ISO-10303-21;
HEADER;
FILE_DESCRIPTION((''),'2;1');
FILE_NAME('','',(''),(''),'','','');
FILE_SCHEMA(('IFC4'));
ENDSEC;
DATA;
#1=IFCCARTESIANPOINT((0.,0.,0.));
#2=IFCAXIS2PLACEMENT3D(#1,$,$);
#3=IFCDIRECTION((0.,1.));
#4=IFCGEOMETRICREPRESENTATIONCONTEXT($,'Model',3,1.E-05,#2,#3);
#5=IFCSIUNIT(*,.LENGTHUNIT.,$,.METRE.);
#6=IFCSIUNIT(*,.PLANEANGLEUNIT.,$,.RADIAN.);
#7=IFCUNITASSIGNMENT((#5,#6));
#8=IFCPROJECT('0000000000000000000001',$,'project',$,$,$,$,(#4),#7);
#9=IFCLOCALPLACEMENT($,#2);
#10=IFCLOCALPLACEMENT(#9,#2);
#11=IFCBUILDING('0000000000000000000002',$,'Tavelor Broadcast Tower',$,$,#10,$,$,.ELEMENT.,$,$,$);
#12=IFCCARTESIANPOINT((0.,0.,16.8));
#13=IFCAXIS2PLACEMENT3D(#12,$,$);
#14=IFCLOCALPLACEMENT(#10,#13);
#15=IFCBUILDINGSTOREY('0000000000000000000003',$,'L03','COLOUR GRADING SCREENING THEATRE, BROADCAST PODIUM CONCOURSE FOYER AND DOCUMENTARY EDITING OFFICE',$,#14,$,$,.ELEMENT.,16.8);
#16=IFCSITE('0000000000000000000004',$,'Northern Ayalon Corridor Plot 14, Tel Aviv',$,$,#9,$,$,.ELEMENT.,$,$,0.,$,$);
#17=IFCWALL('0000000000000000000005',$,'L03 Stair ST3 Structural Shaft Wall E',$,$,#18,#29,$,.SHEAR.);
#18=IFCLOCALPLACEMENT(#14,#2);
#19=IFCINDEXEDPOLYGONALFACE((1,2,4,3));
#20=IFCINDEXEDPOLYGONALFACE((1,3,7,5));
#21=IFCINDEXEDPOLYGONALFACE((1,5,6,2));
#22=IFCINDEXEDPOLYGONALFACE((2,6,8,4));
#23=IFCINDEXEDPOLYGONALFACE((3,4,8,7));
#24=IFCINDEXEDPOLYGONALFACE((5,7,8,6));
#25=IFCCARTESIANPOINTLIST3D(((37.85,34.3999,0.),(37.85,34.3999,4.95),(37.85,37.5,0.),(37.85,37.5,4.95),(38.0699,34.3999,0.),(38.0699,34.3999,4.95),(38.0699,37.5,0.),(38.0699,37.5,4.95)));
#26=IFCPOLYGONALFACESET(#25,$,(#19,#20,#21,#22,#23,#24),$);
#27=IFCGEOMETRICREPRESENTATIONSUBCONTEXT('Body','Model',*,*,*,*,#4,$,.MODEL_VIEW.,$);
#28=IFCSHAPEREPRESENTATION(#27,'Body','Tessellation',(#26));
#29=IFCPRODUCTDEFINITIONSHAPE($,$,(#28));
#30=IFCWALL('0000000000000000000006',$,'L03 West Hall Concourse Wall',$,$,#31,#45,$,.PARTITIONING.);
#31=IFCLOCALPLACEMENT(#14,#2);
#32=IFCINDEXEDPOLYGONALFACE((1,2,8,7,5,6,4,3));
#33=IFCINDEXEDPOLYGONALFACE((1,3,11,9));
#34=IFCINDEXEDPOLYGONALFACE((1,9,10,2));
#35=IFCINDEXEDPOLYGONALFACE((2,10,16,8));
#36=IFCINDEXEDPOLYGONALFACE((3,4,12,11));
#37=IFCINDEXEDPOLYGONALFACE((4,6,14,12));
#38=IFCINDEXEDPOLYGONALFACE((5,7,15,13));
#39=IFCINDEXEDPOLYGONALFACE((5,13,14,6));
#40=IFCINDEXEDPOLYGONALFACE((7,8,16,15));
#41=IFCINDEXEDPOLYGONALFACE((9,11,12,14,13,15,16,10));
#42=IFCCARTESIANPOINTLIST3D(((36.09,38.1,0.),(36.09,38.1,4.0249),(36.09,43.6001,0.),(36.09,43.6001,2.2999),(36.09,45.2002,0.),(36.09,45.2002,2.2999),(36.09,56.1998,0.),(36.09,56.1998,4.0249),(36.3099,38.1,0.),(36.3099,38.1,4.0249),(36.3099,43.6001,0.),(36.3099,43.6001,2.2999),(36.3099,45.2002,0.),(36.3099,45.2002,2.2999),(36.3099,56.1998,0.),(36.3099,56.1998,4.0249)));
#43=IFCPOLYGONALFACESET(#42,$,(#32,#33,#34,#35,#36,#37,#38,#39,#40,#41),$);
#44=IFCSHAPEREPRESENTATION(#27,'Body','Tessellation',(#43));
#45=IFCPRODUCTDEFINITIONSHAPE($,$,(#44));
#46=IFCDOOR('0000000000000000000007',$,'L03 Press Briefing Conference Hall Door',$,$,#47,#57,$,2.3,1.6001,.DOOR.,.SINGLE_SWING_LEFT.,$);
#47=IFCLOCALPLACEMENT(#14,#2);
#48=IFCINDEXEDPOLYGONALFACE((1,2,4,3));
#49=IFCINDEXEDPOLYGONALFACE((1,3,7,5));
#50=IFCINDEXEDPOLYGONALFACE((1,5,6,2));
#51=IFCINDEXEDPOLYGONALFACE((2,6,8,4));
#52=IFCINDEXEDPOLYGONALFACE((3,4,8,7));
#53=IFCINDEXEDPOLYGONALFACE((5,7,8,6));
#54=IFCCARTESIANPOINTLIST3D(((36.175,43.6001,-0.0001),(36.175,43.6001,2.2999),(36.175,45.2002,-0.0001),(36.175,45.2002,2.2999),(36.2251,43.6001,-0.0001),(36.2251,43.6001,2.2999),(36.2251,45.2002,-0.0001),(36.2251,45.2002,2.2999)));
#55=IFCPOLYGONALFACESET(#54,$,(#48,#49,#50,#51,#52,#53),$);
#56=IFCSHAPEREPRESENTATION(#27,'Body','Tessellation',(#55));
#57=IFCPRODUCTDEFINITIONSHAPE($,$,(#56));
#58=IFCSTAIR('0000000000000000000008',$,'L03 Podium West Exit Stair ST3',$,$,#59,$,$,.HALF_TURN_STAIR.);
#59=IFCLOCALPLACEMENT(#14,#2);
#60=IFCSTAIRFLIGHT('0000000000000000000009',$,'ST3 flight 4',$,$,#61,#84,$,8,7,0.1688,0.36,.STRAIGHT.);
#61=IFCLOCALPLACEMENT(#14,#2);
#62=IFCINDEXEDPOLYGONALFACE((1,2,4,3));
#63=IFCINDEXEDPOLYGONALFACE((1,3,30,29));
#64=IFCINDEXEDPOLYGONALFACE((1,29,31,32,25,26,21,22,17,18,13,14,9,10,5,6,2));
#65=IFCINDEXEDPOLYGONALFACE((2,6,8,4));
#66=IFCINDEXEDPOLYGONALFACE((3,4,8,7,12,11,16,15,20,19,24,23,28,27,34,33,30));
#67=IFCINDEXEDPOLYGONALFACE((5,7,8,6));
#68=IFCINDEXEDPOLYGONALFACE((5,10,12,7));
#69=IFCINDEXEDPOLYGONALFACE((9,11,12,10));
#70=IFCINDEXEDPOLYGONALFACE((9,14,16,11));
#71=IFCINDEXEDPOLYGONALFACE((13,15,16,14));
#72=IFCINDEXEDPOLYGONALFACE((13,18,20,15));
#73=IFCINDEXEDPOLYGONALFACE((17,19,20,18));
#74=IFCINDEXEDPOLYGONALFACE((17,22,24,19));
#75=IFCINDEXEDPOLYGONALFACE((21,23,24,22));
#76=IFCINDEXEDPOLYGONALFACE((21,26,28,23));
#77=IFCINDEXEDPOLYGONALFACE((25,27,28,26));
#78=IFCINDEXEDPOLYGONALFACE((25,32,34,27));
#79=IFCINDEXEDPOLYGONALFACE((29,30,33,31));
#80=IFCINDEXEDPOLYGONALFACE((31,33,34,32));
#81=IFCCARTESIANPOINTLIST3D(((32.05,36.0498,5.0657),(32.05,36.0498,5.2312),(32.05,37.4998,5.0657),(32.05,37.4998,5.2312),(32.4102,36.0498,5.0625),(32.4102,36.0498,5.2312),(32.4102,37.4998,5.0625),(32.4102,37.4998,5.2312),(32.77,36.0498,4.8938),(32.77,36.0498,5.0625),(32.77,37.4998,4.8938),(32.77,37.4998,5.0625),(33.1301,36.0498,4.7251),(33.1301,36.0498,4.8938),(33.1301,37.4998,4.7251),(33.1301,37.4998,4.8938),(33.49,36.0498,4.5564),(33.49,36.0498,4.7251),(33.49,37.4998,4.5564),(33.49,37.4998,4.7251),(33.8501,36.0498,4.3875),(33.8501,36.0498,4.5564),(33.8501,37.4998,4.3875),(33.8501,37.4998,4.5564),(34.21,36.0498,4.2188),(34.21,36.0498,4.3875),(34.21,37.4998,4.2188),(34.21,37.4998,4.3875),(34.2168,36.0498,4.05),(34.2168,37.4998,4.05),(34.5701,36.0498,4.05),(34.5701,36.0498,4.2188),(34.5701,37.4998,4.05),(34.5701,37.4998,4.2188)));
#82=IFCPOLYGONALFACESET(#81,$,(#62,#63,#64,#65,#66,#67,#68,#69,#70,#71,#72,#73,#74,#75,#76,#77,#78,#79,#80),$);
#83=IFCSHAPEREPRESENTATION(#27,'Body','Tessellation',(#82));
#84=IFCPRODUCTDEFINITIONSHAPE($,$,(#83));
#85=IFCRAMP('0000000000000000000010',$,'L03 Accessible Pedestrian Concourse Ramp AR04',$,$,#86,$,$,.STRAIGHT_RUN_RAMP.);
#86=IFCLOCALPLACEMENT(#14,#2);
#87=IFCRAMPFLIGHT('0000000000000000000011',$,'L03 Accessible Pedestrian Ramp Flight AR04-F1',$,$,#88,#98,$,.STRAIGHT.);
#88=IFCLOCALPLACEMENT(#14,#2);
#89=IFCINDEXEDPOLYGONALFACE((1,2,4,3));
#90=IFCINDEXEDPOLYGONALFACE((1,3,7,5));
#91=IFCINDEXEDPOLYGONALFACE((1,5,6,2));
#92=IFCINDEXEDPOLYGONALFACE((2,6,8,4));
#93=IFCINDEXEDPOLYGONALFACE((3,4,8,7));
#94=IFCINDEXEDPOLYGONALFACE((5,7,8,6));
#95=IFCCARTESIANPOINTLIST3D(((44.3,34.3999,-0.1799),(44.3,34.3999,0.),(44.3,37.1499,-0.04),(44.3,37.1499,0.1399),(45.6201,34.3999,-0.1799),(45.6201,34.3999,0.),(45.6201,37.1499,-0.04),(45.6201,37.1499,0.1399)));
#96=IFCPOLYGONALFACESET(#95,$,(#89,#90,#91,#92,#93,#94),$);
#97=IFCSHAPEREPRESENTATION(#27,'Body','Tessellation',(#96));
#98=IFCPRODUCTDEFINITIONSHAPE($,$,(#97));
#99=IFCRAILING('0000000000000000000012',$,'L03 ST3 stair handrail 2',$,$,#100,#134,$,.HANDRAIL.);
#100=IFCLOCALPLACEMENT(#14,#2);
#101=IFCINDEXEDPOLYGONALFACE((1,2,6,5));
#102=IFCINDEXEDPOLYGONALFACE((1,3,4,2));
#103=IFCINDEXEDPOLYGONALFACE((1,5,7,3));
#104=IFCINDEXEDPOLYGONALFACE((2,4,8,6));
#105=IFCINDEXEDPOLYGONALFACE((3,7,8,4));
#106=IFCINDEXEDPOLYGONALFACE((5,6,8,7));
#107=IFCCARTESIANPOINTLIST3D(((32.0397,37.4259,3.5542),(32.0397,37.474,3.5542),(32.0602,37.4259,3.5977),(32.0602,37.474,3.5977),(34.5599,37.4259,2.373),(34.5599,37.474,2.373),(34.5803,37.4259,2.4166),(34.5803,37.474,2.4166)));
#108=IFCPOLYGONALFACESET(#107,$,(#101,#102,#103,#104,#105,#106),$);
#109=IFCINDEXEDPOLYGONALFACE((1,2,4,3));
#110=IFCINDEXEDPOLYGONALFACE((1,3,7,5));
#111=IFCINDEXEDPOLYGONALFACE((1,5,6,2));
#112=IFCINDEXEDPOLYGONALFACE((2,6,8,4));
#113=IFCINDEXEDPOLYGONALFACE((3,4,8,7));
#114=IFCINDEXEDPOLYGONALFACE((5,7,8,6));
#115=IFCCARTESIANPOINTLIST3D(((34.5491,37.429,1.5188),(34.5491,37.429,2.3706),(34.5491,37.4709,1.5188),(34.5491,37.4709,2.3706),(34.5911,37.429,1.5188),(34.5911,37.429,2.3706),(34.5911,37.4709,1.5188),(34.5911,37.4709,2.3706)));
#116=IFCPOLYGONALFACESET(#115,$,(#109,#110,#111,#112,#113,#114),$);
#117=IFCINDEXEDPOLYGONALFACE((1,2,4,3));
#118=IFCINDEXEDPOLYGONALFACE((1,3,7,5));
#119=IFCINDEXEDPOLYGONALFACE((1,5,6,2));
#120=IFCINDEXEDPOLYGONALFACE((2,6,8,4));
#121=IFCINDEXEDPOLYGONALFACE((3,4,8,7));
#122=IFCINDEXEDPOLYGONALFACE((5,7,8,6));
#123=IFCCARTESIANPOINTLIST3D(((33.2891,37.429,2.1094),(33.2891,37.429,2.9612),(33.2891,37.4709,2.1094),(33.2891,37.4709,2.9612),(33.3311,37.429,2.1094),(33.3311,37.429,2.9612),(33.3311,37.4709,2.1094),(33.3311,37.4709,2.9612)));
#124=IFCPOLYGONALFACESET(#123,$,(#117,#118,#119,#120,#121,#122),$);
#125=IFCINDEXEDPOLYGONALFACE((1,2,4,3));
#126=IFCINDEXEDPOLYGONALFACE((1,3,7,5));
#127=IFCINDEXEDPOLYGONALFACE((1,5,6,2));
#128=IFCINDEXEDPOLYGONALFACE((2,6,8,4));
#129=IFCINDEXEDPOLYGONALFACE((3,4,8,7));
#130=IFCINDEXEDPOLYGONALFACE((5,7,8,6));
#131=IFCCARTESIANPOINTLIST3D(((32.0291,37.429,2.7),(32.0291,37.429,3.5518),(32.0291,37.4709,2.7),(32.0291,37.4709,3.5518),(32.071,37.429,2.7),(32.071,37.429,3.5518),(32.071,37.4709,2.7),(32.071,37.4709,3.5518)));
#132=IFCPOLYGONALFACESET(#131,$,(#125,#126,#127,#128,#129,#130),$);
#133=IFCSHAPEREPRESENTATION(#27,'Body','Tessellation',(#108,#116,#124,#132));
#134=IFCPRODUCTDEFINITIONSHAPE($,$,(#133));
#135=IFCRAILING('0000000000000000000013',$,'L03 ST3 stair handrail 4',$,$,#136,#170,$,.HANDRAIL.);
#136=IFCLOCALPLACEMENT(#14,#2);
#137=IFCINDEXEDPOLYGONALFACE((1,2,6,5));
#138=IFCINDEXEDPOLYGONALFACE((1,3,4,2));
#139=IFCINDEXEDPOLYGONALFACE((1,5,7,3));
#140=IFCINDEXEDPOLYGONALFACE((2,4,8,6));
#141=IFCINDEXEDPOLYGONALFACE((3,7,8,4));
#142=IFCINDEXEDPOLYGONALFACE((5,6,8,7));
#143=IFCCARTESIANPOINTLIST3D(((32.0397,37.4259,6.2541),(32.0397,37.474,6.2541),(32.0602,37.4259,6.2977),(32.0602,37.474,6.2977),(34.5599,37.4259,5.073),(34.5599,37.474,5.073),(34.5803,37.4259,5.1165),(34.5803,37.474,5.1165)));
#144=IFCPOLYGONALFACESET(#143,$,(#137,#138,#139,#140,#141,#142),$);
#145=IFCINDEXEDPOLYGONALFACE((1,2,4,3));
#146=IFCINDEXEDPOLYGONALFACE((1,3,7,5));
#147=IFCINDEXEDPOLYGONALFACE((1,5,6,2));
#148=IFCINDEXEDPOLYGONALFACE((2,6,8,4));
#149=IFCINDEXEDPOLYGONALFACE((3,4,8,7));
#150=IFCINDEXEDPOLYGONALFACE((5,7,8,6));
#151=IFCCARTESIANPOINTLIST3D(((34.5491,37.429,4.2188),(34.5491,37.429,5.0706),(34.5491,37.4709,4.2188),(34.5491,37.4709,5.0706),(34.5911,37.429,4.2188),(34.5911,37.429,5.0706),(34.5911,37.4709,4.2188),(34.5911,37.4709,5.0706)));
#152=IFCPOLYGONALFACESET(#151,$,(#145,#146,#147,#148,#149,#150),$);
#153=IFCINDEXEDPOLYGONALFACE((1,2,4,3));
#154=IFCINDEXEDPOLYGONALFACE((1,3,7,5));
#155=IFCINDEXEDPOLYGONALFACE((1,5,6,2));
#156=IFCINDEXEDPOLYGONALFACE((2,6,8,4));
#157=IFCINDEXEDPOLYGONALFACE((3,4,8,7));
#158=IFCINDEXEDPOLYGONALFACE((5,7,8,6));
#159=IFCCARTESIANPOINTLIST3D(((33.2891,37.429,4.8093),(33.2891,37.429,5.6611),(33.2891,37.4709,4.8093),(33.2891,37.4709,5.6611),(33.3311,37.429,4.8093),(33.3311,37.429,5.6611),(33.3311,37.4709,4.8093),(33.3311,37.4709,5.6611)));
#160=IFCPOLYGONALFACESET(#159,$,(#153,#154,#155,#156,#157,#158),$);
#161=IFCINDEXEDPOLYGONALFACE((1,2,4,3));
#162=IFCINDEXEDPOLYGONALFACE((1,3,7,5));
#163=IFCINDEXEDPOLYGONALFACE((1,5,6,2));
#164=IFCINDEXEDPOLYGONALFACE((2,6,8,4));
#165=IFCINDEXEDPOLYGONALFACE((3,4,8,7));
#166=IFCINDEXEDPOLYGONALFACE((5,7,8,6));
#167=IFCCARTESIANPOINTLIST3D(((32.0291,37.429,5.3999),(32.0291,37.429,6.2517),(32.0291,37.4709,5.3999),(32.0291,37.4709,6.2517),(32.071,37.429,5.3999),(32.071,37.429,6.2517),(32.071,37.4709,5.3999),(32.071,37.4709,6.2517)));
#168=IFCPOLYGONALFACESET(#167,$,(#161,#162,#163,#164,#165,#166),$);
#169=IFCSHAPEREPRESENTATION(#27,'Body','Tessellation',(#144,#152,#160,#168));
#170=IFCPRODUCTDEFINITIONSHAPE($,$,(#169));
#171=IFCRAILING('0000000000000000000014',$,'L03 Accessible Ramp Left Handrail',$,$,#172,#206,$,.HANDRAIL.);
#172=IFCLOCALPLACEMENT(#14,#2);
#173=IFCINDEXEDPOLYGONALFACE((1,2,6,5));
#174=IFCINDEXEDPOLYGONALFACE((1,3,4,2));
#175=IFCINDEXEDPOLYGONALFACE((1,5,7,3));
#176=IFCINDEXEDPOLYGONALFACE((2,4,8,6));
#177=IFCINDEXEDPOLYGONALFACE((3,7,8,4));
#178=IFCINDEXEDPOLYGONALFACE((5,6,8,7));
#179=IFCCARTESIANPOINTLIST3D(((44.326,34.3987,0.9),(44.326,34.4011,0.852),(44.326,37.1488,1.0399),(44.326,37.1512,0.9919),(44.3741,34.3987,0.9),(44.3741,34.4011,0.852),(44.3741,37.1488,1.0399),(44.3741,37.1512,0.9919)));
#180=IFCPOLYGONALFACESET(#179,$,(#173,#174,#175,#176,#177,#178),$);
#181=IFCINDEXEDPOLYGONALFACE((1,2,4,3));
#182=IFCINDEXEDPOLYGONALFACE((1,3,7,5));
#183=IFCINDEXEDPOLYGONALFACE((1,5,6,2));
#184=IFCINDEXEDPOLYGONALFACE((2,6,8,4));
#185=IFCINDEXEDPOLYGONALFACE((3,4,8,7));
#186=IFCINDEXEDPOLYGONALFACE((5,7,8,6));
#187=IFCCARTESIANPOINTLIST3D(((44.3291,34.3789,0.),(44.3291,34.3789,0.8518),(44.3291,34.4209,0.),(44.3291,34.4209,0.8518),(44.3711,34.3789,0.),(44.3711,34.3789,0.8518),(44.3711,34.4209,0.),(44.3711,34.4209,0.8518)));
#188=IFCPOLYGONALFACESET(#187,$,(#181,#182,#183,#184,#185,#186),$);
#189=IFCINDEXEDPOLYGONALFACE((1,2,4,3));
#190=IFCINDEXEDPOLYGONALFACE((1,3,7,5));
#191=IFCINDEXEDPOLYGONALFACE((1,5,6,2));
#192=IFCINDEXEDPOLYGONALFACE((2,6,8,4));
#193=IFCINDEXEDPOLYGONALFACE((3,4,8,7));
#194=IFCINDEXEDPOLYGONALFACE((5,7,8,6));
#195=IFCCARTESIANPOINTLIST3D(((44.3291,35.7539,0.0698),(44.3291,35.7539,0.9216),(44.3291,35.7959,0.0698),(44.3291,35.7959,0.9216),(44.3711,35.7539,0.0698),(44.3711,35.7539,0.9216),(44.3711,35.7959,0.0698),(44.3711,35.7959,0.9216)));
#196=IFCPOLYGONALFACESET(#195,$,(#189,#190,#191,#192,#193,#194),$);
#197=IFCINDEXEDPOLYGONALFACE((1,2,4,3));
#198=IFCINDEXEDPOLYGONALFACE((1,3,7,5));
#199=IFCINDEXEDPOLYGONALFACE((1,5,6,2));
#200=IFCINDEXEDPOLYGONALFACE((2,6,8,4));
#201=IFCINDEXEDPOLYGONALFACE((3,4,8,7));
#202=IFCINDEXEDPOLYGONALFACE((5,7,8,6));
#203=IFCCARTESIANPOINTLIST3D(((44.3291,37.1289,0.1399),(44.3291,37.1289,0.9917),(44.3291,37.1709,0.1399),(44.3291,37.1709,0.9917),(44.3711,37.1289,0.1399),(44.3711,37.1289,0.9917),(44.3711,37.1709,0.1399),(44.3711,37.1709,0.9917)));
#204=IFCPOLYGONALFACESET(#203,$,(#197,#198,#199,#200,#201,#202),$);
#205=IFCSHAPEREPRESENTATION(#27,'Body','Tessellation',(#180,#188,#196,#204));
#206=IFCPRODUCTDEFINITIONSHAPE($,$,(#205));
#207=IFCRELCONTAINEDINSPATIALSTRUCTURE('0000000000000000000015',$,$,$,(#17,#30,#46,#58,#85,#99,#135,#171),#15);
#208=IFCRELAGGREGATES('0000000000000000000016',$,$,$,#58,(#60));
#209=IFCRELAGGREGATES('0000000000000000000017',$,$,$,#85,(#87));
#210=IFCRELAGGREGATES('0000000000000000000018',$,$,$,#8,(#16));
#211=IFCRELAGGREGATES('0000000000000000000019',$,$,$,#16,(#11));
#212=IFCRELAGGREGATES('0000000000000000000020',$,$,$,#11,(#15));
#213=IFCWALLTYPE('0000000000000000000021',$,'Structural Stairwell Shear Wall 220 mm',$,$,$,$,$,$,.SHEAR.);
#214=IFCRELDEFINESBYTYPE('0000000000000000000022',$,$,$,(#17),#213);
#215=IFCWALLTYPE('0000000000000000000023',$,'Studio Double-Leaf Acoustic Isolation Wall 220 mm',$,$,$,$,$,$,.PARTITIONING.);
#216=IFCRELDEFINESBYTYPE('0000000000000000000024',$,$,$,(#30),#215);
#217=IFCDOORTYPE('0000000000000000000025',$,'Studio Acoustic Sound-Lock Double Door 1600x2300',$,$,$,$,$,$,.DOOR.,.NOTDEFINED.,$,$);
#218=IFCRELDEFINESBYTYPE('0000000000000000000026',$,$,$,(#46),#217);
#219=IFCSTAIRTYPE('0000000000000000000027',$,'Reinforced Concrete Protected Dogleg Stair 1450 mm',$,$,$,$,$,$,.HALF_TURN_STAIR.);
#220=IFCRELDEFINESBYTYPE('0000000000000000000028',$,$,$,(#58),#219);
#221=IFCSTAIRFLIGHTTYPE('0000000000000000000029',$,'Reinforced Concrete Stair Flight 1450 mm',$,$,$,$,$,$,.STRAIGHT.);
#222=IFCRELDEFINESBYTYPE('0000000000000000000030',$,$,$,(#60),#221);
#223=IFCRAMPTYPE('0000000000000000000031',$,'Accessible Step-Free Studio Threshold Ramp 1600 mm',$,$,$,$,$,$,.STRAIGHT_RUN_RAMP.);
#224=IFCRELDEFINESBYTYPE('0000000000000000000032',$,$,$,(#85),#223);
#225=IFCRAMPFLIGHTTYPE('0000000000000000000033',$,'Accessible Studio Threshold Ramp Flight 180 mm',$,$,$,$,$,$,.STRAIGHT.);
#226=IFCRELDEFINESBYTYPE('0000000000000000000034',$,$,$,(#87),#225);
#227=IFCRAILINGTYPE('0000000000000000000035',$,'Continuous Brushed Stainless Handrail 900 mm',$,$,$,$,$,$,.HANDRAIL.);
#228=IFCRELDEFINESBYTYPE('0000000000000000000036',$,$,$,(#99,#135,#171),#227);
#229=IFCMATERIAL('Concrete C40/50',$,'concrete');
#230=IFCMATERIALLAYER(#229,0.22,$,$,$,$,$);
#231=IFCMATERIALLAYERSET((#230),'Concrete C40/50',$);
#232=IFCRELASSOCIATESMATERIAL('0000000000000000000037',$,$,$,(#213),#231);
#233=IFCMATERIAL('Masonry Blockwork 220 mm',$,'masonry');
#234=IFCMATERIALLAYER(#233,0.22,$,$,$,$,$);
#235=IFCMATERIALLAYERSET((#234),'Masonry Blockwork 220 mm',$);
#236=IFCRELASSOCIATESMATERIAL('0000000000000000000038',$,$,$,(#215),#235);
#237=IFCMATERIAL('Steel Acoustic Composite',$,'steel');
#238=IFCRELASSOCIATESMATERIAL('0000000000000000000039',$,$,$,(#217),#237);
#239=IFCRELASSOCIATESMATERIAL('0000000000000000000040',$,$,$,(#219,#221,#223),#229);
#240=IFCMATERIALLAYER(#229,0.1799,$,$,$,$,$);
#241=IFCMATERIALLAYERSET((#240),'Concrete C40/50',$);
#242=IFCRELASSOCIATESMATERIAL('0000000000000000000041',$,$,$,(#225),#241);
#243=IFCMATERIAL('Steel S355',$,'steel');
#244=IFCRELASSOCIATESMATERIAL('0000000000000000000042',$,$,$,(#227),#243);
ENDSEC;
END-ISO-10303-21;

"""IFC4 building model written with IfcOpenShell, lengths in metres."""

from ifc_helpers import new_model, si_unit, direction, frame, frame_2d, origin, origin_2d, place, context, subcontext, project, spatial, polyline, rectangle, outline, extrude, material, layer, layer_set, type_object, element, fill, aggregate, save


model = new_model("IFC4")

# Units and contexts
model_context = context("Model", 3, precision=1e-05, world=origin(), true_north=direction((0.0, 1.0)))
body_context = subcontext(model_context, "Body", "Model", "MODEL_VIEW")
ifc_project = project(units=[si_unit("LENGTHUNIT", "METRE"), si_unit("PLANEANGLEUNIT", "RADIAN")], contexts=[model_context])

# Site, building, storey
site_placement = place(None, origin())
site = spatial("IfcSite", under=ifc_project, at=site_placement, Name="Northern Ayalon Corridor Plot 14, Tel Aviv", CompositionType="ELEMENT", RefElevation=0.0)
building_placement = place(site_placement, origin())
building = spatial("IfcBuilding", under=site, at=building_placement, Name="Tavelor Broadcast Tower", CompositionType="ELEMENT")
storey_placement = place(building_placement, frame((0.0, 0.0, 16.8)))
storey = spatial("IfcBuildingStorey", under=building, at=storey_placement, Name="L03", Description="COLOUR GRADING SCREENING THEATRE, BROADCAST PODIUM CONCOURSE FOYER AND DOCUMENTARY EDITING OFFICE", CompositionType="ELEMENT", Elevation=16.8)

# Shared definitions
ifc_material_1 = material(Name="Steel S355", Category="steel")

# Wall
ifc_material_2 = material(Name="Concrete C40/50", Category="concrete")
ifc_layer_1 = layer(ifc_material_2, 0.22)
ifc_layer_set_1 = layer_set([ifc_layer_1], Name="Concrete C40/50")
wall_type_1 = type_object("IfcWallType", Name="Structural Stairwell Shear Wall 220 mm", PredefinedType="SHEAR", material=ifc_layer_set_1)
wall_1_placement = place(storey_placement, frame((37.96, 34.3999, 0.0), z_axis=(0.0, 0.0, 1.0), x_axis=(0.0, 1.0, 0.0)))
element("IfcWall", 1, at=wall_1_placement, inside=storey, type_object=wall_type_1, Name="L03 Stair ST3 Structural Shaft Wall E", PredefinedType="SHEAR", context=body_context, shape_type="SweptSolid", body=[
    extrude(rectangle(XDim=3.1001, YDim=0.22, at=frame_2d((1.55, 0.0))), origin(), (0.0, 0.0, 1.0), 4.95),
])

# Wall, opening, door
ifc_material_3 = material(Name="Masonry Blockwork 220 mm", Category="masonry")
ifc_layer_2 = layer(ifc_material_3, 0.22)
ifc_layer_set_2 = layer_set([ifc_layer_2], Name="Masonry Blockwork 220 mm")
wall_type_2 = type_object("IfcWallType", Name="Studio Double-Leaf Acoustic Isolation Wall 220 mm", PredefinedType="PARTITIONING", material=ifc_layer_set_2)
wall_2_placement = place(storey_placement, frame((36.2, 38.1001, 0.0), z_axis=(0.0, 0.0, 1.0), x_axis=(0.0, 1.0, 0.0)))
wall_2 = element("IfcWall", 2, at=wall_2_placement, inside=storey, type_object=wall_type_2, Name="L03 West Hall Concourse Wall", PredefinedType="PARTITIONING", context=body_context, shape_type="SweptSolid", body=[
    extrude(rectangle(XDim=18.0999, YDim=0.22, at=frame_2d((9.0498, 0.0))), origin(), (0.0, 0.0, 1.0), 4.0249),
])
opening_1_placement = place(wall_2_placement, frame((5.5, 0.0, 0.0)))
opening_1 = element("IfcOpeningElement", 3, at=opening_1_placement, cuts=wall_2, PredefinedType="OPENING", context=body_context, shape_type="SweptSolid", body=[
    extrude(rectangle(XDim=1.6001, YDim=2.3, at=frame_2d((0.8, 1.1499))), frame((0.0, 0.1201, 0.0), z_axis=(0.0, -1.0, 0.0), x_axis=(1.0, 0.0, 0.0)), (0.0, 0.0, 1.0), 0.24),
])
ifc_material_4 = material(Name="Steel Acoustic Composite", Category="steel")
door_type_1 = type_object("IfcDoorType", Name="Studio Acoustic Sound-Lock Double Door 1600x2300", OperationType="NOTDEFINED", PredefinedType="DOOR", material=ifc_material_4)
door_1_placement = place(opening_1_placement, origin())
door_1 = element("IfcDoor", 4, at=door_1_placement, inside=storey, type_object=door_type_1, Name="L03 Press Briefing Conference Hall Door", OperationType="SINGLE_SWING_LEFT", OverallHeight=2.3, OverallWidth=1.6001, PredefinedType="DOOR", context=body_context, shape_type="SweptSolid", body=[
    extrude(rectangle(XDim=1.6001, YDim=2.3, at=frame_2d((0.8, 1.1499))), frame((0.0, 0.0249, 0.0), z_axis=(0.0, -1.0, 0.0), x_axis=(1.0, 0.0, 0.0)), (0.0, 0.0, 1.0), 0.05),
])
fill(opening_1, door_1)

# Stair, stair flight
stair_type = type_object("IfcStairType", Name="Reinforced Concrete Protected Dogleg Stair 1450 mm", PredefinedType="HALF_TURN_STAIR", material=ifc_material_2)
stair_placement = place(storey_placement, origin())
stair = element("IfcStair", 5, at=stair_placement, inside=storey, type_object=stair_type, Name="L03 Podium West Exit Stair ST3", PredefinedType="HALF_TURN_STAIR")
stair_flight_type = type_object("IfcStairFlightType", Name="Reinforced Concrete Stair Flight 1450 mm", PredefinedType="STRAIGHT", material=ifc_material_2)
stair_flight_placement = place(storey_placement, frame((34.5701, 36.7749, 4.05), z_axis=(0.0, 0.0, 1.0), x_axis=(-1.0, 0.0, 0.0)))
stair_flight = element("IfcStairFlight", 6, at=stair_flight_placement, type_object=stair_flight_type, Name="ST3 flight 4", NumberOfRisers=8, NumberOfTreads=7, PredefinedType="STRAIGHT", RiserHeight=0.1688, TreadLength=0.36, context=body_context, shape_type="SweptSolid", body=[
    extrude(outline(polyline([(0.0, 0.0), (0.0, 0.1687), (0.3601, 0.1687), (0.3601, 0.3374), (0.72, 0.3374), (0.72, 0.5063), (1.0801, 0.5063), (1.0801, 0.675), (1.4399, 0.675), (1.4399, 0.8438), (1.8, 0.8438), (1.8, 1.0125), (2.1599, 1.0125), (2.1599, 1.1812), (2.52, 1.1812), (2.52, 1.3501), (2.52, 1.0156), (0.3533, 0.0), (0.0, 0.0)])), frame((0.0, 0.7251, 0.0), z_axis=(0.0, -1.0, 0.0), x_axis=(1.0, 0.0, 0.0)), (0.0, 0.0, 1.0), 1.45),
])
aggregate(stair, [stair_flight])

# Ramp, ramp flight
ramp_type = type_object("IfcRampType", Name="Accessible Step-Free Studio Threshold Ramp 1600 mm", PredefinedType="STRAIGHT_RUN_RAMP", material=ifc_material_2)
ramp_placement = place(storey_placement, origin())
ramp = element("IfcRamp", 7, at=ramp_placement, inside=storey, type_object=ramp_type, Name="L03 Accessible Pedestrian Concourse Ramp AR04", PredefinedType="STRAIGHT_RUN_RAMP")
ifc_layer_3 = layer(ifc_material_2, 0.1799)
ifc_layer_set_3 = layer_set([ifc_layer_3], Name="Concrete C40/50")
ramp_flight_type = type_object("IfcRampFlightType", Name="Accessible Studio Threshold Ramp Flight 180 mm", PredefinedType="STRAIGHT", material=ifc_layer_set_3)
ramp_flight_placement = place(storey_placement, frame((44.3, 34.3999, 0.0), z_axis=(0.0, 0.0, 1.0), x_axis=(0.0, 1.0, 0.0)))
ramp_flight = element("IfcRampFlight", 8, at=ramp_flight_placement, type_object=ramp_flight_type, Name="L03 Accessible Pedestrian Ramp Flight AR04-F1", PredefinedType="STRAIGHT", context=body_context, shape_type="SweptSolid", body=[
    extrude(outline(polyline([(0.0, -0.1799), (2.75, -0.04), (2.75, 0.1399), (0.0, 0.0), (0.0, -0.1799)])), frame((0.0, 0.0, 0.0), z_axis=(0.0, -1.0, 0.0), x_axis=(1.0, 0.0, 0.0)), (0.0, 0.0, 1.0), 1.3201),
])
aggregate(ramp, [ramp_flight])

# Railings
railing_type_1 = type_object("IfcRailingType", Name="Continuous Brushed Stainless Handrail 900 mm", PredefinedType="HANDRAIL", material=ifc_material_1)
for number, where, name in (
    (9, (34.5701, 37.45, 1.5188), "L03 ST3 stair handrail 2"),
    (10, (34.5701, 37.45, 4.2188), "L03 ST3 stair handrail 4"),
):
    element("IfcRailing", number, at=place(storey_placement, frame(where)), inside=storey, type_object=railing_type_1, Name=name, PredefinedType="HANDRAIL", context=body_context, shape_type="SweptSolid", body=[
        extrude(rectangle(XDim=0.0481, YDim=0.0481, at=origin_2d()), frame((0.0, 0.0, 0.876), z_axis=(-0.905474, 0.0, 0.424402), x_axis=(0.0, -1.0, 0.0)), (0.0, 0.0, 1.0), 2.7832),
        extrude(rectangle(XDim=0.042, YDim=0.042, at=origin_2d()), origin(), (0.0, 0.0, 1.0), 0.8518),
        extrude(rectangle(XDim=0.042, YDim=0.042, at=origin_2d()), frame((-1.26, 0.0, 0.5906)), (0.0, 0.0, 1.0), 0.8518),
        extrude(rectangle(XDim=0.042, YDim=0.042, at=origin_2d()), frame((-2.52, 0.0, 1.1812)), (0.0, 0.0, 1.0), 0.8518),
    ])
railing_placement = place(storey_placement, frame((44.3501, 34.3999, 0.0)))
element("IfcRailing", 11, at=railing_placement, inside=storey, type_object=railing_type_1, Name="L03 Accessible Ramp Left Handrail", PredefinedType="HANDRAIL", context=body_context, shape_type="SweptSolid", body=[
    extrude(rectangle(XDim=0.0481, YDim=0.0481, at=origin_2d()), frame((0.0, 0.0, 0.876), z_axis=(0.0, 0.998709, 0.050804), x_axis=(-1.0, 0.0, 0.0)), (0.0, 0.0, 1.0), 2.7537),
    extrude(rectangle(XDim=0.042, YDim=0.042, at=origin_2d()), origin(), (0.0, 0.0, 1.0), 0.8518),
    extrude(rectangle(XDim=0.042, YDim=0.042, at=origin_2d()), frame((0.0, 1.375, 0.0698)), (0.0, 0.0, 1.0), 0.8518),
    extrude(rectangle(XDim=0.042, YDim=0.042, at=origin_2d()), frame((0.0, 2.75, 0.1399)), (0.0, 0.0, 1.0), 0.8518),
])

save(model, "model.ifc")
